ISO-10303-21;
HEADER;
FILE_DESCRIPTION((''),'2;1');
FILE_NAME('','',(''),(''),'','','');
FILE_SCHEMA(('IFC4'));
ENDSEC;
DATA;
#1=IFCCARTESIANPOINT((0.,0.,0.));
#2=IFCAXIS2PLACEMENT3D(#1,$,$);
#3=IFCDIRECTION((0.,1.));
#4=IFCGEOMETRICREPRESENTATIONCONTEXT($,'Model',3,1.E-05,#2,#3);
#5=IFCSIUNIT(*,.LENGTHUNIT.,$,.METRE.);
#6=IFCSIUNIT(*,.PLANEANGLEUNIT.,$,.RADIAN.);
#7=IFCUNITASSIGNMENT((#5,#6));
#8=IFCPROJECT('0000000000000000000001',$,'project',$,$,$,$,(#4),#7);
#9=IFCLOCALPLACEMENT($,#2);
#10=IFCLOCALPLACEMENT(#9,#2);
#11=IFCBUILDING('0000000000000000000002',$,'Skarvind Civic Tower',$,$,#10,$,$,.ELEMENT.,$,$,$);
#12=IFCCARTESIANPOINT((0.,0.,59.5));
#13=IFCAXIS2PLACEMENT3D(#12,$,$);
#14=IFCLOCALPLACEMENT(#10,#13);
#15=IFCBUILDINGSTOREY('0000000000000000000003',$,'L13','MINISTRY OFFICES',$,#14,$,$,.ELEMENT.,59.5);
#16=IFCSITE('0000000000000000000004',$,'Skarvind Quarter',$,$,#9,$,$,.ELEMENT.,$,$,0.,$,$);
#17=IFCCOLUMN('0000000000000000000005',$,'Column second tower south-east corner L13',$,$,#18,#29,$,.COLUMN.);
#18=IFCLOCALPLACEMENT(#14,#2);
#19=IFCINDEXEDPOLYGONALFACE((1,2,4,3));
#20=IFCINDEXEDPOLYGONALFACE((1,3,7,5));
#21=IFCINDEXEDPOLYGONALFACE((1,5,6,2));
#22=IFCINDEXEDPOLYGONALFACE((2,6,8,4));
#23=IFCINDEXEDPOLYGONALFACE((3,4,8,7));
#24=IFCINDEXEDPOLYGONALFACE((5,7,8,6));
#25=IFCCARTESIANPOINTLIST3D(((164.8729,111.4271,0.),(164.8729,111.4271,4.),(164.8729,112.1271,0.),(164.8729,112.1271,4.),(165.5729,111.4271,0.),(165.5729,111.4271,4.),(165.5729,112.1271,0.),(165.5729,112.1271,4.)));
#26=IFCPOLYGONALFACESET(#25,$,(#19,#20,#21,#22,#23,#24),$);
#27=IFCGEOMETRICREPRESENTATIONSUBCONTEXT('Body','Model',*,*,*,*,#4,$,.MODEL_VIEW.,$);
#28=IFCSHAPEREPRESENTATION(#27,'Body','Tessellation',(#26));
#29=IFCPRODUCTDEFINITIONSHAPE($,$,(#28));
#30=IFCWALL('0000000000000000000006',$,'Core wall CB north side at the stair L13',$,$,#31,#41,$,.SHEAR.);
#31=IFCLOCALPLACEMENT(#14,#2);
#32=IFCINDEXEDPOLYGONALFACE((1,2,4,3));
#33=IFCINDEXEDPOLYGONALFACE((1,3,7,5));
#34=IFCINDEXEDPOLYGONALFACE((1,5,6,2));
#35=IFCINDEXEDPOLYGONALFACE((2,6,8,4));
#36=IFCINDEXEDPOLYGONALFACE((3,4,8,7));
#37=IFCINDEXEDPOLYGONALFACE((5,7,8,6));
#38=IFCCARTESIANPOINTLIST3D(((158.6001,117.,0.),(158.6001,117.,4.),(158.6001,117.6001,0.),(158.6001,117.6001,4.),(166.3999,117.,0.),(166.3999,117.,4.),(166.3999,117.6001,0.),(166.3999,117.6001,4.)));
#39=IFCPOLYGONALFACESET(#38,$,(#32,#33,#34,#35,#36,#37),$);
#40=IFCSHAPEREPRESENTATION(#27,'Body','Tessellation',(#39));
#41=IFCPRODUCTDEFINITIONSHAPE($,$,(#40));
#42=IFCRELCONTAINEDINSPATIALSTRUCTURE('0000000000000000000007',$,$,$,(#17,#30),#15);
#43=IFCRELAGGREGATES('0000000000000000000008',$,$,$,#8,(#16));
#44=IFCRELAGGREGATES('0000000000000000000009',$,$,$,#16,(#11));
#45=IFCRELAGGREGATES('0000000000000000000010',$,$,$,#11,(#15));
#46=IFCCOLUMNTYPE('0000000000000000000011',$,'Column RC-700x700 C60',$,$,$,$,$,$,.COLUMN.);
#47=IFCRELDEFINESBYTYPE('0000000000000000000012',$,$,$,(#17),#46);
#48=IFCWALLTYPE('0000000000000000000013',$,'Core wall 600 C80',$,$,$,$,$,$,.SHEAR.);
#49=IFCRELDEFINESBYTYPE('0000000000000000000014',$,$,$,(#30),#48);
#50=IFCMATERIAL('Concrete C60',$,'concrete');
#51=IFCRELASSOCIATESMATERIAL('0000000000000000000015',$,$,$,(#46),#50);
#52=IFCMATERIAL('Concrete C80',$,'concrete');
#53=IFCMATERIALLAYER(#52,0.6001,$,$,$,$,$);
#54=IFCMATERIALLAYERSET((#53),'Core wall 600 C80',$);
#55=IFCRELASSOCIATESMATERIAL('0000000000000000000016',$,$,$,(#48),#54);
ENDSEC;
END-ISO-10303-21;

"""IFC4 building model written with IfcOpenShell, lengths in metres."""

from ifc_helpers import new_model, si_unit, direction, frame, frame_2d, origin, origin_2d, place, context, subcontext, project, spatial, rectangle, extrude, material, layer, layer_set, material_profile, profile_set, type_object, element, save


model = new_model("IFC4")

# Units and contexts
model_context = context("Model", 3, precision=1e-05, world=origin(), true_north=direction((0.0, 1.0)))
body_context = subcontext(model_context, "Body", "Model", "MODEL_VIEW")
ifc_project = project(units=[si_unit("LENGTHUNIT", "METRE"), si_unit("PLANEANGLEUNIT", "RADIAN")], contexts=[model_context])

# Site, building, storey
site_placement = place(None, origin())
site = spatial("IfcSite", under=ifc_project, at=site_placement, Name="Skarvind Quarter", CompositionType="ELEMENT", RefElevation=0.0)
building_placement = place(site_placement, origin())
building = spatial("IfcBuilding", under=site, at=building_placement, Name="Skarvind Civic Tower", CompositionType="ELEMENT")
storey_placement = place(building_placement, frame((0.0, 0.0, 59.5)))
storey = spatial("IfcBuildingStorey", under=building, at=storey_placement, Name="L13", Description="MINISTRY OFFICES", CompositionType="ELEMENT", Elevation=59.5)

# Column
ifc_material_1 = material(Name="Concrete C60", Category="concrete")
ifc_material_profile = material_profile(ifc_material_1, rectangle(XDim=0.7, YDim=0.7, at=origin_2d()), Name="RC-700x700")
ifc_profile_set = profile_set([ifc_material_profile], Name="Concrete C60")
column_type = type_object("IfcColumnType", Name="Column RC-700x700 C60", PredefinedType="COLUMN", material=ifc_profile_set)
column_placement = place(storey_placement, frame((165.2229, 111.7771, 0.0), z_axis=(0.0, 0.0, 1.0), x_axis=(1.0, 0.0, 0.0)))
element("IfcColumn", 1, at=column_placement, inside=storey, type_object=column_type, Name="Column second tower south-east corner L13", PredefinedType="COLUMN", context=body_context, shape_type="SweptSolid", body=[
    extrude(rectangle(XDim=0.7, YDim=0.7, at=origin_2d()), origin(), (0.0, 0.0, 1.0), 4.0),
])

# Wall
ifc_material_2 = material(Name="Concrete C80", Category="concrete")
ifc_layer_1 = layer(ifc_material_2, 0.6001)
ifc_layer_set_1 = layer_set([ifc_layer_1], Name="Core wall 600 C80")
wall_type_1 = type_object("IfcWallType", Name="Core wall 600 C80", PredefinedType="SHEAR", material=ifc_layer_set_1)
wall_1_placement = place(storey_placement, frame((166.3999, 117.3, 0.0), z_axis=(0.0, 0.0, 1.0), x_axis=(-1.0, 0.0, 0.0)))
element("IfcWall", 2, at=wall_1_placement, inside=storey, type_object=wall_type_1, Name="Core wall CB north side at the stair L13", PredefinedType="SHEAR", context=body_context, shape_type="SweptSolid", body=[
    extrude(rectangle(XDim=7.7998, YDim=0.6001, at=frame_2d((3.8999, 0.0))), origin(), (0.0, 0.0, 1.0), 4.0),
])

save(model, "model.ifc")
